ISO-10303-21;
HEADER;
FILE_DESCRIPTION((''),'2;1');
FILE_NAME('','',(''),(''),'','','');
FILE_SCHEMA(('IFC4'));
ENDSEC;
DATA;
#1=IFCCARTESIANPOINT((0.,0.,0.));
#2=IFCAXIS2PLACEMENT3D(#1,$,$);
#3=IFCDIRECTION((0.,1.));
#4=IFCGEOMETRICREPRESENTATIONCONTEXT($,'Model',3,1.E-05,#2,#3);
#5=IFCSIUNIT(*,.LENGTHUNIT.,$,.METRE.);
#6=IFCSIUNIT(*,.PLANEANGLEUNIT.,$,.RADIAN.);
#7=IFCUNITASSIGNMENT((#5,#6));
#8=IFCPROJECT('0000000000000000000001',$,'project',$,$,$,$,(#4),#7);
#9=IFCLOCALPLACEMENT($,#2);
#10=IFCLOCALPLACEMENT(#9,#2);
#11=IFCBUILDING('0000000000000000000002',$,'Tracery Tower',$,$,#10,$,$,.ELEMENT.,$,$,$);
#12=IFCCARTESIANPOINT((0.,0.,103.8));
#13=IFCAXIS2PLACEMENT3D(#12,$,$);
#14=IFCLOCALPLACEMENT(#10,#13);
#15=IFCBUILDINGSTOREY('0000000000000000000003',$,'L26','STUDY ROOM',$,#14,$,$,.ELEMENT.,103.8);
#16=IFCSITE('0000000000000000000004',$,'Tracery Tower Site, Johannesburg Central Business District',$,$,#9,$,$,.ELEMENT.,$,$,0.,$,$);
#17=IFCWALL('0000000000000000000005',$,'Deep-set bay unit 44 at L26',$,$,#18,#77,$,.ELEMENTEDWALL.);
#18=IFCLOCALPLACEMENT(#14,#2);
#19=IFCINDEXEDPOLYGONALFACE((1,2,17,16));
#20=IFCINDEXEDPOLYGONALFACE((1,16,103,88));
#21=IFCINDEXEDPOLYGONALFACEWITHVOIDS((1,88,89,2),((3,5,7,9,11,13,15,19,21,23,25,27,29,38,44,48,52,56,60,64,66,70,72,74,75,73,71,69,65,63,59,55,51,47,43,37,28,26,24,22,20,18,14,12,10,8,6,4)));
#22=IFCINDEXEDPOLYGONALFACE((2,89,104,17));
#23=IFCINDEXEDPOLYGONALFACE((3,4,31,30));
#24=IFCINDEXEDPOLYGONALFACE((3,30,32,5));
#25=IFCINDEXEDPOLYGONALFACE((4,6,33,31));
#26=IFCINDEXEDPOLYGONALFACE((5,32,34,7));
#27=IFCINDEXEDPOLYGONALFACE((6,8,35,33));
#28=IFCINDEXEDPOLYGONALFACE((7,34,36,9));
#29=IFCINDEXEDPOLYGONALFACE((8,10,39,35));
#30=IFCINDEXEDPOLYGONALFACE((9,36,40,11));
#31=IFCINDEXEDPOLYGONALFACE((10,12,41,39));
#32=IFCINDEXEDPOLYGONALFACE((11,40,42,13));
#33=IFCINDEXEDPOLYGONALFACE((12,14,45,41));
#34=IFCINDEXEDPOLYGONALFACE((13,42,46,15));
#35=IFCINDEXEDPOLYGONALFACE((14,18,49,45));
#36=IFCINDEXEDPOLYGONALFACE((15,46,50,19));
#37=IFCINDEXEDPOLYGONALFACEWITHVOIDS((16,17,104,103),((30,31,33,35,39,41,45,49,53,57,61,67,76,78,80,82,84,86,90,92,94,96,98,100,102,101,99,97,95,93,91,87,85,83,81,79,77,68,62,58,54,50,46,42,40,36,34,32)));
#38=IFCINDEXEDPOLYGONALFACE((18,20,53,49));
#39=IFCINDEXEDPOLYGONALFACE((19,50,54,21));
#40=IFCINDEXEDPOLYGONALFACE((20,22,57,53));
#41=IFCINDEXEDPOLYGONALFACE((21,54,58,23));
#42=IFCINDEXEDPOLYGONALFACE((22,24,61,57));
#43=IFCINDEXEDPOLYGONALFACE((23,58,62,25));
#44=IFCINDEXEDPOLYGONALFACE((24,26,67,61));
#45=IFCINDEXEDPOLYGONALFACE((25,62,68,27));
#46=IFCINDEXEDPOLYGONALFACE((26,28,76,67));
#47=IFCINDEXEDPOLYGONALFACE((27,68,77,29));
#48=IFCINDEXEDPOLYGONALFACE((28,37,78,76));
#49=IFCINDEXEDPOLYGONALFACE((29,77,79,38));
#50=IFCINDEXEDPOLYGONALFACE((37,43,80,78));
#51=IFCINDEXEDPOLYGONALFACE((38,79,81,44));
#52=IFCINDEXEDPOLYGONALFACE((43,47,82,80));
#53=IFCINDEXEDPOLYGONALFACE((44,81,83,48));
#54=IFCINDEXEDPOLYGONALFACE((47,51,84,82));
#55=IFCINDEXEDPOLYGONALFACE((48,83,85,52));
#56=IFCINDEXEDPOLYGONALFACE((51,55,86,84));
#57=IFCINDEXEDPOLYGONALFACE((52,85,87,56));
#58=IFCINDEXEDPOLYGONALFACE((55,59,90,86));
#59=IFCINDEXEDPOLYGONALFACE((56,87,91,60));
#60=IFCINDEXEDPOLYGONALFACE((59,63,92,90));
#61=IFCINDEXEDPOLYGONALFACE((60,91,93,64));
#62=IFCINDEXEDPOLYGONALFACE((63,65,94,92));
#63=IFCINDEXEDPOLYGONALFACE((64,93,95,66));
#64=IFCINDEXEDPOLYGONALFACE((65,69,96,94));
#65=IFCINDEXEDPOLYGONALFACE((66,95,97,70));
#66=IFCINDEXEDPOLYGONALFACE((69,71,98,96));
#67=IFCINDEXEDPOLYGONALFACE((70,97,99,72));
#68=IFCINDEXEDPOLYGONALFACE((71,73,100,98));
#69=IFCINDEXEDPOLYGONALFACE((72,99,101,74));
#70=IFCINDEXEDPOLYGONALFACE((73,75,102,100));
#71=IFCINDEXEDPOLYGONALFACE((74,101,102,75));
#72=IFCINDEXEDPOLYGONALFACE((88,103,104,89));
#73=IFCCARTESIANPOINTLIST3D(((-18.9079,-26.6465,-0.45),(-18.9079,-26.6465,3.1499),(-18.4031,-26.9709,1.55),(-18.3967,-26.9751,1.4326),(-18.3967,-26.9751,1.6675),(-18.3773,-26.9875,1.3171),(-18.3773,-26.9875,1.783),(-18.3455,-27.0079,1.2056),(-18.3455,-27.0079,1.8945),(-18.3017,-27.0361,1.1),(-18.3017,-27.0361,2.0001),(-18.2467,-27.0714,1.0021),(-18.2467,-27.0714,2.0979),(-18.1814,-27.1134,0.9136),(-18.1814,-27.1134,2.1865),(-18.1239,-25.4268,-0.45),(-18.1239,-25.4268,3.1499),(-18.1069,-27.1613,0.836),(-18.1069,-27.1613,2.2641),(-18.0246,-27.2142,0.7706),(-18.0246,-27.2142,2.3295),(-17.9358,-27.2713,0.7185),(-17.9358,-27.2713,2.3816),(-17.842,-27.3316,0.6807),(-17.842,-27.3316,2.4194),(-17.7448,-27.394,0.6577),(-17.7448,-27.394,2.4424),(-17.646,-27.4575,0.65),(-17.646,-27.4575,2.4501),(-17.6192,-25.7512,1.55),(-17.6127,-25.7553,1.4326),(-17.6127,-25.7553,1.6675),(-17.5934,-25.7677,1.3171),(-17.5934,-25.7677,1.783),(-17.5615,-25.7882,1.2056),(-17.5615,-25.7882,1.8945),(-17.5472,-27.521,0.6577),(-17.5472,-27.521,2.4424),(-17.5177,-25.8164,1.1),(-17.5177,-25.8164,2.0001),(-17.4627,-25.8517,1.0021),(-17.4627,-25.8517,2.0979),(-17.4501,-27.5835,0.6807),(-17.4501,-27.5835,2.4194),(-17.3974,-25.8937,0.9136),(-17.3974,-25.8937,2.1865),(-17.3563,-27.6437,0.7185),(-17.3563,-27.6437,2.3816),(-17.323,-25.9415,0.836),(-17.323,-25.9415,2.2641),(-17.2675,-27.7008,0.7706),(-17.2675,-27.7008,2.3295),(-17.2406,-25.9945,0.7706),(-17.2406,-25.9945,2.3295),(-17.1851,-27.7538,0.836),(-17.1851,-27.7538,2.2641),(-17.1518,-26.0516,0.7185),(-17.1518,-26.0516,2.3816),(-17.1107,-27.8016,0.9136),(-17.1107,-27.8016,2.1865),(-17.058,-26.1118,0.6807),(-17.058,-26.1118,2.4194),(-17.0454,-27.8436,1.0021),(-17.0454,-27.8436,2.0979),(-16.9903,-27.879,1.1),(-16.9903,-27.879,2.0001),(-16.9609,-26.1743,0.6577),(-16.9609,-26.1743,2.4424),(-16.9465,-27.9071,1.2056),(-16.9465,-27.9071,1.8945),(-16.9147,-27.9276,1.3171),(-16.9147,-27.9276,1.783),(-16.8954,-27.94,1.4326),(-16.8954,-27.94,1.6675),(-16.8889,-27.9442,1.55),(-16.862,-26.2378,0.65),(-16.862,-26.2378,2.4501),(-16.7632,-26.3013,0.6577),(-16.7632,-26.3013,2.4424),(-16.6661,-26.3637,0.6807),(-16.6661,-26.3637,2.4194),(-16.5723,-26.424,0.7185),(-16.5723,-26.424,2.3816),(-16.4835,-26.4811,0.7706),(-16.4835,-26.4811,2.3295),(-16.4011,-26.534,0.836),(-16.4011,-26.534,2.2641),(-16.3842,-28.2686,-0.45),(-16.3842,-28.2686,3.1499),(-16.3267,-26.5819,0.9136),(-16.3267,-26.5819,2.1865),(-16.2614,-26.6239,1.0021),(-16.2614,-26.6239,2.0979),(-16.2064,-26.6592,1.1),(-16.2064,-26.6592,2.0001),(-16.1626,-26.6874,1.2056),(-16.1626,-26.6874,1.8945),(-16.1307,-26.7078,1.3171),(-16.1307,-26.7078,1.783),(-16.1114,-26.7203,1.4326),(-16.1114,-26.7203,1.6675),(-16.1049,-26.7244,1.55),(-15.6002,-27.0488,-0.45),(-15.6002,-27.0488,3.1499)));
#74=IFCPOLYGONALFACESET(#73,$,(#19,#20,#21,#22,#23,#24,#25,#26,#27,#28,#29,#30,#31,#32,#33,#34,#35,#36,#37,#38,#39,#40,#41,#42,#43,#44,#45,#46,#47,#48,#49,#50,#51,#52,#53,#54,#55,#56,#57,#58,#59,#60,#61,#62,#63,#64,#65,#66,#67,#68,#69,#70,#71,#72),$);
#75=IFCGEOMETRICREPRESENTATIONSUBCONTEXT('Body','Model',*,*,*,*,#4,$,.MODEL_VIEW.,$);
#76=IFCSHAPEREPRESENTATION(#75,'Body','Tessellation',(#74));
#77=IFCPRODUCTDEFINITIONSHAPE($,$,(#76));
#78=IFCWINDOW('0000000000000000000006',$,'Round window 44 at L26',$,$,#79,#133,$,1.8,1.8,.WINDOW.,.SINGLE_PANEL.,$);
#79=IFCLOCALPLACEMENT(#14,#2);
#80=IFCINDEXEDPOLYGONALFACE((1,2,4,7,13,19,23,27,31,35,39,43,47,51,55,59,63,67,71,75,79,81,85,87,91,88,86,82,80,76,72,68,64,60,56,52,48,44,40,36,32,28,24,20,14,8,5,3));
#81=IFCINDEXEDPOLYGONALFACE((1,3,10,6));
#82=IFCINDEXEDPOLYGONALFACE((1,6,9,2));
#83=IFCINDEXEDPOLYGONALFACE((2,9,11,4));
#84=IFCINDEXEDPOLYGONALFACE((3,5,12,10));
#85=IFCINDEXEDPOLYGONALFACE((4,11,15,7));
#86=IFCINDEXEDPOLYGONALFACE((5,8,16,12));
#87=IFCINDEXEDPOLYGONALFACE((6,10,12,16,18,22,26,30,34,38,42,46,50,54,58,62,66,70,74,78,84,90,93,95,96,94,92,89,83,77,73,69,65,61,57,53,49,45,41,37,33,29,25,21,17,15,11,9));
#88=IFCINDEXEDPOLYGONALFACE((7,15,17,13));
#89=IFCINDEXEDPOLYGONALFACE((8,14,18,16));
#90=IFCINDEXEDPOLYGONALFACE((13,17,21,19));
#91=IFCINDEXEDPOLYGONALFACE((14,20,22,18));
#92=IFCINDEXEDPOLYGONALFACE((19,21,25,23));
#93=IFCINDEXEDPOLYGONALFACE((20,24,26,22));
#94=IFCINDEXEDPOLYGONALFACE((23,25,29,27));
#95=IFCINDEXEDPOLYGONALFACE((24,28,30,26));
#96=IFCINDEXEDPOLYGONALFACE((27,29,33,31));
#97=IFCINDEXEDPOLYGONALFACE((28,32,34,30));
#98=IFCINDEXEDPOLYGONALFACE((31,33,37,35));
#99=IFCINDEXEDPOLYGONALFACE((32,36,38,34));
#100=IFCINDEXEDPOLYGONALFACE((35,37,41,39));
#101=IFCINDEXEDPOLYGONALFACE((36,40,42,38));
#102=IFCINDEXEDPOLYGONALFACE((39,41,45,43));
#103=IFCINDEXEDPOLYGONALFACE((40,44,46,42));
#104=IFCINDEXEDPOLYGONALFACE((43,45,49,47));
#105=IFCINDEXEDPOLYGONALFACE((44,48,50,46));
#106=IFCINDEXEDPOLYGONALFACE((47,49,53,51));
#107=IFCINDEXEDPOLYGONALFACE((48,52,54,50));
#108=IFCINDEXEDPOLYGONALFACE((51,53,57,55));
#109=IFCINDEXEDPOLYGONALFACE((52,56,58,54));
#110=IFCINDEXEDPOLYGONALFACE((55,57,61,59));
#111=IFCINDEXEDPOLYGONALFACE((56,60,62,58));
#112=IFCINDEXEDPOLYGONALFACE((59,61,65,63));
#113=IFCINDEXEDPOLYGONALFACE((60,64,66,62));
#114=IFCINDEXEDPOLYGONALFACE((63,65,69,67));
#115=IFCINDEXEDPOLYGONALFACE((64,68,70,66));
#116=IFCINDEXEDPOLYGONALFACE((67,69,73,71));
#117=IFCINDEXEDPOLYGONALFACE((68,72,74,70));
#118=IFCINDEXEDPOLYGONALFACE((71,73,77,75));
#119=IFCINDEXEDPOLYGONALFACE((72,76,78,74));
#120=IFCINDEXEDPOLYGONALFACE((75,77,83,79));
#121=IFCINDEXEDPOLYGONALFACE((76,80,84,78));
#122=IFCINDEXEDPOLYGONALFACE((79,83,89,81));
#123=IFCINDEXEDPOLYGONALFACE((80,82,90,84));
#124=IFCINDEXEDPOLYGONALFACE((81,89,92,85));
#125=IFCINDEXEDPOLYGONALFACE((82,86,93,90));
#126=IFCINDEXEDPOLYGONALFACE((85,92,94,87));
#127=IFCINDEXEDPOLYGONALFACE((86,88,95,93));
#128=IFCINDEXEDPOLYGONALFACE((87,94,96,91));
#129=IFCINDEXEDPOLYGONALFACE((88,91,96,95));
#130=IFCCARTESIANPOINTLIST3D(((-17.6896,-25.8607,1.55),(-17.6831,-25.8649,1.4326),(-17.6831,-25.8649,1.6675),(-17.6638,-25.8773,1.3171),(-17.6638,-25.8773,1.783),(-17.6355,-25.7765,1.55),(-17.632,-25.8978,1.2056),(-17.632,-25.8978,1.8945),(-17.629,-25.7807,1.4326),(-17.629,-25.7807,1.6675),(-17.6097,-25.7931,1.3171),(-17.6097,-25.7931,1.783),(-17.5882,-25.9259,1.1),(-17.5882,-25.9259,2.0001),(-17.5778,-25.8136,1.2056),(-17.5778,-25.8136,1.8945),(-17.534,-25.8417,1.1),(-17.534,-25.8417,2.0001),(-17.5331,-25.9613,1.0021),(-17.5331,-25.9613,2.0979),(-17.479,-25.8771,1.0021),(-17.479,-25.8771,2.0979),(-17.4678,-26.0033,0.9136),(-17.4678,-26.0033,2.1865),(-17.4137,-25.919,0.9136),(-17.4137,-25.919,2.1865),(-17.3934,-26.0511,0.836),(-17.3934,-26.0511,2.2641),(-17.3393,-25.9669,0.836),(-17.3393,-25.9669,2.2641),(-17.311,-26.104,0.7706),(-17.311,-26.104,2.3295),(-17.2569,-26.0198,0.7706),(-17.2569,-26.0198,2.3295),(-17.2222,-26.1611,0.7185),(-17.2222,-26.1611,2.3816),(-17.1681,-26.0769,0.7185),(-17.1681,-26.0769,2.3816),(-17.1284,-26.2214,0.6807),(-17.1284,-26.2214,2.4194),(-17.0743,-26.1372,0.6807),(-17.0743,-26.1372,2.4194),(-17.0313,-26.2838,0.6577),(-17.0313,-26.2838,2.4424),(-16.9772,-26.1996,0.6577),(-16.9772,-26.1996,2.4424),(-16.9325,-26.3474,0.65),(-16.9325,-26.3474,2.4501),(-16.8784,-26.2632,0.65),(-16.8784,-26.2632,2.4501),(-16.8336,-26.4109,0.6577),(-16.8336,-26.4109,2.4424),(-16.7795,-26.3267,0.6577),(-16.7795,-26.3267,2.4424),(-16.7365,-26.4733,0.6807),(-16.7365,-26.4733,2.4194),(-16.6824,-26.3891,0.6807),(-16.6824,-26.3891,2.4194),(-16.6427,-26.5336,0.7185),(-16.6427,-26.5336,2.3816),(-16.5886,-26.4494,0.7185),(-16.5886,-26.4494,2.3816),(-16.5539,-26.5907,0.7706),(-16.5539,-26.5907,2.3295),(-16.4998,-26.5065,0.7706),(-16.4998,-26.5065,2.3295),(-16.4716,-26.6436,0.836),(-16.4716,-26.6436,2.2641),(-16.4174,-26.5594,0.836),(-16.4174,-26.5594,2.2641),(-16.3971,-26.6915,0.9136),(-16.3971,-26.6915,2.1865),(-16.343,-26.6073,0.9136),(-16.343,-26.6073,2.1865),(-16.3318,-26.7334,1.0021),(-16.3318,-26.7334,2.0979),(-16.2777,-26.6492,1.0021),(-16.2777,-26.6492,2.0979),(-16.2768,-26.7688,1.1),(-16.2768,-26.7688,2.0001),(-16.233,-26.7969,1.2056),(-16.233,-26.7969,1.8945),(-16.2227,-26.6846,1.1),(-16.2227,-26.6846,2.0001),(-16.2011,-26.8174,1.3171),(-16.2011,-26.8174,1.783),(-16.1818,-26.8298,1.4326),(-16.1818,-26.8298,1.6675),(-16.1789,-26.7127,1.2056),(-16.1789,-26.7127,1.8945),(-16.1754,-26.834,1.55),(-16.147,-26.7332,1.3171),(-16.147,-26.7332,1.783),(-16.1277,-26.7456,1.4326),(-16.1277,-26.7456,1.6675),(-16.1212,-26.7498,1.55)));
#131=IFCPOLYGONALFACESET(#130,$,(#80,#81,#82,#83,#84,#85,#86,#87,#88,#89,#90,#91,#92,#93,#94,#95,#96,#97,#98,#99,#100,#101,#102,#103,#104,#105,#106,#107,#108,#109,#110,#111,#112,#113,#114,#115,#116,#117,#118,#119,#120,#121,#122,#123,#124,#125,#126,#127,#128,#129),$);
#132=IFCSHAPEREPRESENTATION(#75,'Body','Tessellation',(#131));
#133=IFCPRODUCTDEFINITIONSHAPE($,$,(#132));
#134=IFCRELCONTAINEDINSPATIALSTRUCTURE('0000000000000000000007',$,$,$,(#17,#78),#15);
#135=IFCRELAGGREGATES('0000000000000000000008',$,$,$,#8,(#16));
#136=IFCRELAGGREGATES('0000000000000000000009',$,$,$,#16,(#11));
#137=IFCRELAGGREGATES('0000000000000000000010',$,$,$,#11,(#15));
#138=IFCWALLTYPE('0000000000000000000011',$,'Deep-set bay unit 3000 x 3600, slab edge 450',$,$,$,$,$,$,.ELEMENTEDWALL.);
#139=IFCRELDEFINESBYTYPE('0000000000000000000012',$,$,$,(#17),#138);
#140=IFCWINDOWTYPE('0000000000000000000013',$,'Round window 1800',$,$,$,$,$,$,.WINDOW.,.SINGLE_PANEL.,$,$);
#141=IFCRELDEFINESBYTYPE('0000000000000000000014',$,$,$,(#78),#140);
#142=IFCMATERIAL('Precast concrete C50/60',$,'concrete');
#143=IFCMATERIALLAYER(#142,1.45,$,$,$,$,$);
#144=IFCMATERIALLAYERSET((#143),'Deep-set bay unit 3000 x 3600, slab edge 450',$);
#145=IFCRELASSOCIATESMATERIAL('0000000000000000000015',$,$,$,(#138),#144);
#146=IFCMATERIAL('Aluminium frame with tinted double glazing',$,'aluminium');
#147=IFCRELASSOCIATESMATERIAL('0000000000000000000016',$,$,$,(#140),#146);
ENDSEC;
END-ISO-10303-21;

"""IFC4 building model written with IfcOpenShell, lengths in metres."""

from ifc_helpers import new_model, si_unit, direction, frame, frame_2d, origin, origin_2d, place, context, subcontext, project, spatial, rectangle, circle, extrude, material, layer, layer_set, type_object, element, fill, save


model = new_model("IFC4")

# Units and contexts
model_context = context("Model", 3, precision=1e-05, world=origin(), true_north=direction((0.0, 1.0)))
body_context = subcontext(model_context, "Body", "Model", "MODEL_VIEW")
ifc_project = project(units=[si_unit("LENGTHUNIT", "METRE"), si_unit("PLANEANGLEUNIT", "RADIAN")], contexts=[model_context])

# Site, building, storey
site_placement = place(None, origin())
site = spatial("IfcSite", under=ifc_project, at=site_placement, Name="Tracery Tower Site, Johannesburg Central Business District", CompositionType="ELEMENT", RefElevation=0.0)
building_placement = place(site_placement, origin())
building = spatial("IfcBuilding", under=site, at=building_placement, Name="Tracery Tower", CompositionType="ELEMENT")
storey_placement = place(building_placement, frame((0.0, 0.0, 103.8)))
storey = spatial("IfcBuildingStorey", under=building, at=storey_placement, Name="L26", Description="STUDY ROOM", CompositionType="ELEMENT", Elevation=103.8)

# Wall, opening, window
ifc_material_1 = material(Name="Precast concrete C50/60", Category="concrete")
ifc_layer_1 = layer(ifc_material_1, 1.45)
ifc_layer_set_1 = layer_set([ifc_layer_1], Name="Deep-set bay unit 3000 x 3600, slab edge 450")
wall_type_1 = type_object("IfcWallType", Name="Deep-set bay unit 3000 x 3600, slab edge 450", PredefinedType="ELEMENTEDWALL", material=ifc_layer_set_1)
ifc_material_2 = material(Name="Aluminium frame with tinted double glazing", Category="aluminium")
window_type = type_object("IfcWindowType", Name="Round window 1800", PartitioningType="SINGLE_PANEL", PredefinedType="WINDOW", material=ifc_material_2)
wall_1_placement = place(storey_placement, frame((-18.5159, -26.0366, -0.45), z_axis=(0.0, 0.0, 1.0), x_axis=(0.841223, -0.540688, 0.0)))
wall_1 = element("IfcWall", 1, at=wall_1_placement, inside=storey, type_object=wall_type_1, Name="Deep-set bay unit 44 at L26", PredefinedType="ELEMENTEDWALL", context=body_context, shape_type="SweptSolid", body=[
    extrude(rectangle(XDim=3.0, YDim=1.45, at=frame_2d((1.5, 0.0))), origin(), (0.0, 0.0, 1.0), 3.5999),
])
opening_1_placement = place(wall_1_placement, frame((1.5, 0.0, 2.0)))
opening_1 = element("IfcOpeningElement", 2, at=opening_1_placement, cuts=wall_1, PredefinedType="OPENING", context=body_context, shape_type="SweptSolid", body=[
    extrude(circle(Radius=0.9, at=origin_2d()), frame((0.0, 0.7349, 0.0), z_axis=(0.0, -1.0, 0.0), x_axis=(1.0, 0.0, 0.0)), (0.0, 0.0, 1.0), 1.47),
])
window_1_placement = place(opening_1_placement, origin())
window_1 = element("IfcWindow", 3, at=window_1_placement, inside=storey, type_object=window_type, Name="Round window 44 at L26", OverallHeight=1.8, OverallWidth=1.8, PartitioningType="SINGLE_PANEL", PredefinedType="WINDOW", context=body_context, shape_type="SweptSolid", body=[
    extrude(circle(Radius=0.9, at=origin_2d()), frame((0.0, 0.6948, 0.0), z_axis=(0.0, -1.0, 0.0), x_axis=(1.0, 0.0, 0.0)), (0.0, 0.0, 1.0), 0.1001),
])
fill(opening_1, window_1)

save(model, "model.ifc")
